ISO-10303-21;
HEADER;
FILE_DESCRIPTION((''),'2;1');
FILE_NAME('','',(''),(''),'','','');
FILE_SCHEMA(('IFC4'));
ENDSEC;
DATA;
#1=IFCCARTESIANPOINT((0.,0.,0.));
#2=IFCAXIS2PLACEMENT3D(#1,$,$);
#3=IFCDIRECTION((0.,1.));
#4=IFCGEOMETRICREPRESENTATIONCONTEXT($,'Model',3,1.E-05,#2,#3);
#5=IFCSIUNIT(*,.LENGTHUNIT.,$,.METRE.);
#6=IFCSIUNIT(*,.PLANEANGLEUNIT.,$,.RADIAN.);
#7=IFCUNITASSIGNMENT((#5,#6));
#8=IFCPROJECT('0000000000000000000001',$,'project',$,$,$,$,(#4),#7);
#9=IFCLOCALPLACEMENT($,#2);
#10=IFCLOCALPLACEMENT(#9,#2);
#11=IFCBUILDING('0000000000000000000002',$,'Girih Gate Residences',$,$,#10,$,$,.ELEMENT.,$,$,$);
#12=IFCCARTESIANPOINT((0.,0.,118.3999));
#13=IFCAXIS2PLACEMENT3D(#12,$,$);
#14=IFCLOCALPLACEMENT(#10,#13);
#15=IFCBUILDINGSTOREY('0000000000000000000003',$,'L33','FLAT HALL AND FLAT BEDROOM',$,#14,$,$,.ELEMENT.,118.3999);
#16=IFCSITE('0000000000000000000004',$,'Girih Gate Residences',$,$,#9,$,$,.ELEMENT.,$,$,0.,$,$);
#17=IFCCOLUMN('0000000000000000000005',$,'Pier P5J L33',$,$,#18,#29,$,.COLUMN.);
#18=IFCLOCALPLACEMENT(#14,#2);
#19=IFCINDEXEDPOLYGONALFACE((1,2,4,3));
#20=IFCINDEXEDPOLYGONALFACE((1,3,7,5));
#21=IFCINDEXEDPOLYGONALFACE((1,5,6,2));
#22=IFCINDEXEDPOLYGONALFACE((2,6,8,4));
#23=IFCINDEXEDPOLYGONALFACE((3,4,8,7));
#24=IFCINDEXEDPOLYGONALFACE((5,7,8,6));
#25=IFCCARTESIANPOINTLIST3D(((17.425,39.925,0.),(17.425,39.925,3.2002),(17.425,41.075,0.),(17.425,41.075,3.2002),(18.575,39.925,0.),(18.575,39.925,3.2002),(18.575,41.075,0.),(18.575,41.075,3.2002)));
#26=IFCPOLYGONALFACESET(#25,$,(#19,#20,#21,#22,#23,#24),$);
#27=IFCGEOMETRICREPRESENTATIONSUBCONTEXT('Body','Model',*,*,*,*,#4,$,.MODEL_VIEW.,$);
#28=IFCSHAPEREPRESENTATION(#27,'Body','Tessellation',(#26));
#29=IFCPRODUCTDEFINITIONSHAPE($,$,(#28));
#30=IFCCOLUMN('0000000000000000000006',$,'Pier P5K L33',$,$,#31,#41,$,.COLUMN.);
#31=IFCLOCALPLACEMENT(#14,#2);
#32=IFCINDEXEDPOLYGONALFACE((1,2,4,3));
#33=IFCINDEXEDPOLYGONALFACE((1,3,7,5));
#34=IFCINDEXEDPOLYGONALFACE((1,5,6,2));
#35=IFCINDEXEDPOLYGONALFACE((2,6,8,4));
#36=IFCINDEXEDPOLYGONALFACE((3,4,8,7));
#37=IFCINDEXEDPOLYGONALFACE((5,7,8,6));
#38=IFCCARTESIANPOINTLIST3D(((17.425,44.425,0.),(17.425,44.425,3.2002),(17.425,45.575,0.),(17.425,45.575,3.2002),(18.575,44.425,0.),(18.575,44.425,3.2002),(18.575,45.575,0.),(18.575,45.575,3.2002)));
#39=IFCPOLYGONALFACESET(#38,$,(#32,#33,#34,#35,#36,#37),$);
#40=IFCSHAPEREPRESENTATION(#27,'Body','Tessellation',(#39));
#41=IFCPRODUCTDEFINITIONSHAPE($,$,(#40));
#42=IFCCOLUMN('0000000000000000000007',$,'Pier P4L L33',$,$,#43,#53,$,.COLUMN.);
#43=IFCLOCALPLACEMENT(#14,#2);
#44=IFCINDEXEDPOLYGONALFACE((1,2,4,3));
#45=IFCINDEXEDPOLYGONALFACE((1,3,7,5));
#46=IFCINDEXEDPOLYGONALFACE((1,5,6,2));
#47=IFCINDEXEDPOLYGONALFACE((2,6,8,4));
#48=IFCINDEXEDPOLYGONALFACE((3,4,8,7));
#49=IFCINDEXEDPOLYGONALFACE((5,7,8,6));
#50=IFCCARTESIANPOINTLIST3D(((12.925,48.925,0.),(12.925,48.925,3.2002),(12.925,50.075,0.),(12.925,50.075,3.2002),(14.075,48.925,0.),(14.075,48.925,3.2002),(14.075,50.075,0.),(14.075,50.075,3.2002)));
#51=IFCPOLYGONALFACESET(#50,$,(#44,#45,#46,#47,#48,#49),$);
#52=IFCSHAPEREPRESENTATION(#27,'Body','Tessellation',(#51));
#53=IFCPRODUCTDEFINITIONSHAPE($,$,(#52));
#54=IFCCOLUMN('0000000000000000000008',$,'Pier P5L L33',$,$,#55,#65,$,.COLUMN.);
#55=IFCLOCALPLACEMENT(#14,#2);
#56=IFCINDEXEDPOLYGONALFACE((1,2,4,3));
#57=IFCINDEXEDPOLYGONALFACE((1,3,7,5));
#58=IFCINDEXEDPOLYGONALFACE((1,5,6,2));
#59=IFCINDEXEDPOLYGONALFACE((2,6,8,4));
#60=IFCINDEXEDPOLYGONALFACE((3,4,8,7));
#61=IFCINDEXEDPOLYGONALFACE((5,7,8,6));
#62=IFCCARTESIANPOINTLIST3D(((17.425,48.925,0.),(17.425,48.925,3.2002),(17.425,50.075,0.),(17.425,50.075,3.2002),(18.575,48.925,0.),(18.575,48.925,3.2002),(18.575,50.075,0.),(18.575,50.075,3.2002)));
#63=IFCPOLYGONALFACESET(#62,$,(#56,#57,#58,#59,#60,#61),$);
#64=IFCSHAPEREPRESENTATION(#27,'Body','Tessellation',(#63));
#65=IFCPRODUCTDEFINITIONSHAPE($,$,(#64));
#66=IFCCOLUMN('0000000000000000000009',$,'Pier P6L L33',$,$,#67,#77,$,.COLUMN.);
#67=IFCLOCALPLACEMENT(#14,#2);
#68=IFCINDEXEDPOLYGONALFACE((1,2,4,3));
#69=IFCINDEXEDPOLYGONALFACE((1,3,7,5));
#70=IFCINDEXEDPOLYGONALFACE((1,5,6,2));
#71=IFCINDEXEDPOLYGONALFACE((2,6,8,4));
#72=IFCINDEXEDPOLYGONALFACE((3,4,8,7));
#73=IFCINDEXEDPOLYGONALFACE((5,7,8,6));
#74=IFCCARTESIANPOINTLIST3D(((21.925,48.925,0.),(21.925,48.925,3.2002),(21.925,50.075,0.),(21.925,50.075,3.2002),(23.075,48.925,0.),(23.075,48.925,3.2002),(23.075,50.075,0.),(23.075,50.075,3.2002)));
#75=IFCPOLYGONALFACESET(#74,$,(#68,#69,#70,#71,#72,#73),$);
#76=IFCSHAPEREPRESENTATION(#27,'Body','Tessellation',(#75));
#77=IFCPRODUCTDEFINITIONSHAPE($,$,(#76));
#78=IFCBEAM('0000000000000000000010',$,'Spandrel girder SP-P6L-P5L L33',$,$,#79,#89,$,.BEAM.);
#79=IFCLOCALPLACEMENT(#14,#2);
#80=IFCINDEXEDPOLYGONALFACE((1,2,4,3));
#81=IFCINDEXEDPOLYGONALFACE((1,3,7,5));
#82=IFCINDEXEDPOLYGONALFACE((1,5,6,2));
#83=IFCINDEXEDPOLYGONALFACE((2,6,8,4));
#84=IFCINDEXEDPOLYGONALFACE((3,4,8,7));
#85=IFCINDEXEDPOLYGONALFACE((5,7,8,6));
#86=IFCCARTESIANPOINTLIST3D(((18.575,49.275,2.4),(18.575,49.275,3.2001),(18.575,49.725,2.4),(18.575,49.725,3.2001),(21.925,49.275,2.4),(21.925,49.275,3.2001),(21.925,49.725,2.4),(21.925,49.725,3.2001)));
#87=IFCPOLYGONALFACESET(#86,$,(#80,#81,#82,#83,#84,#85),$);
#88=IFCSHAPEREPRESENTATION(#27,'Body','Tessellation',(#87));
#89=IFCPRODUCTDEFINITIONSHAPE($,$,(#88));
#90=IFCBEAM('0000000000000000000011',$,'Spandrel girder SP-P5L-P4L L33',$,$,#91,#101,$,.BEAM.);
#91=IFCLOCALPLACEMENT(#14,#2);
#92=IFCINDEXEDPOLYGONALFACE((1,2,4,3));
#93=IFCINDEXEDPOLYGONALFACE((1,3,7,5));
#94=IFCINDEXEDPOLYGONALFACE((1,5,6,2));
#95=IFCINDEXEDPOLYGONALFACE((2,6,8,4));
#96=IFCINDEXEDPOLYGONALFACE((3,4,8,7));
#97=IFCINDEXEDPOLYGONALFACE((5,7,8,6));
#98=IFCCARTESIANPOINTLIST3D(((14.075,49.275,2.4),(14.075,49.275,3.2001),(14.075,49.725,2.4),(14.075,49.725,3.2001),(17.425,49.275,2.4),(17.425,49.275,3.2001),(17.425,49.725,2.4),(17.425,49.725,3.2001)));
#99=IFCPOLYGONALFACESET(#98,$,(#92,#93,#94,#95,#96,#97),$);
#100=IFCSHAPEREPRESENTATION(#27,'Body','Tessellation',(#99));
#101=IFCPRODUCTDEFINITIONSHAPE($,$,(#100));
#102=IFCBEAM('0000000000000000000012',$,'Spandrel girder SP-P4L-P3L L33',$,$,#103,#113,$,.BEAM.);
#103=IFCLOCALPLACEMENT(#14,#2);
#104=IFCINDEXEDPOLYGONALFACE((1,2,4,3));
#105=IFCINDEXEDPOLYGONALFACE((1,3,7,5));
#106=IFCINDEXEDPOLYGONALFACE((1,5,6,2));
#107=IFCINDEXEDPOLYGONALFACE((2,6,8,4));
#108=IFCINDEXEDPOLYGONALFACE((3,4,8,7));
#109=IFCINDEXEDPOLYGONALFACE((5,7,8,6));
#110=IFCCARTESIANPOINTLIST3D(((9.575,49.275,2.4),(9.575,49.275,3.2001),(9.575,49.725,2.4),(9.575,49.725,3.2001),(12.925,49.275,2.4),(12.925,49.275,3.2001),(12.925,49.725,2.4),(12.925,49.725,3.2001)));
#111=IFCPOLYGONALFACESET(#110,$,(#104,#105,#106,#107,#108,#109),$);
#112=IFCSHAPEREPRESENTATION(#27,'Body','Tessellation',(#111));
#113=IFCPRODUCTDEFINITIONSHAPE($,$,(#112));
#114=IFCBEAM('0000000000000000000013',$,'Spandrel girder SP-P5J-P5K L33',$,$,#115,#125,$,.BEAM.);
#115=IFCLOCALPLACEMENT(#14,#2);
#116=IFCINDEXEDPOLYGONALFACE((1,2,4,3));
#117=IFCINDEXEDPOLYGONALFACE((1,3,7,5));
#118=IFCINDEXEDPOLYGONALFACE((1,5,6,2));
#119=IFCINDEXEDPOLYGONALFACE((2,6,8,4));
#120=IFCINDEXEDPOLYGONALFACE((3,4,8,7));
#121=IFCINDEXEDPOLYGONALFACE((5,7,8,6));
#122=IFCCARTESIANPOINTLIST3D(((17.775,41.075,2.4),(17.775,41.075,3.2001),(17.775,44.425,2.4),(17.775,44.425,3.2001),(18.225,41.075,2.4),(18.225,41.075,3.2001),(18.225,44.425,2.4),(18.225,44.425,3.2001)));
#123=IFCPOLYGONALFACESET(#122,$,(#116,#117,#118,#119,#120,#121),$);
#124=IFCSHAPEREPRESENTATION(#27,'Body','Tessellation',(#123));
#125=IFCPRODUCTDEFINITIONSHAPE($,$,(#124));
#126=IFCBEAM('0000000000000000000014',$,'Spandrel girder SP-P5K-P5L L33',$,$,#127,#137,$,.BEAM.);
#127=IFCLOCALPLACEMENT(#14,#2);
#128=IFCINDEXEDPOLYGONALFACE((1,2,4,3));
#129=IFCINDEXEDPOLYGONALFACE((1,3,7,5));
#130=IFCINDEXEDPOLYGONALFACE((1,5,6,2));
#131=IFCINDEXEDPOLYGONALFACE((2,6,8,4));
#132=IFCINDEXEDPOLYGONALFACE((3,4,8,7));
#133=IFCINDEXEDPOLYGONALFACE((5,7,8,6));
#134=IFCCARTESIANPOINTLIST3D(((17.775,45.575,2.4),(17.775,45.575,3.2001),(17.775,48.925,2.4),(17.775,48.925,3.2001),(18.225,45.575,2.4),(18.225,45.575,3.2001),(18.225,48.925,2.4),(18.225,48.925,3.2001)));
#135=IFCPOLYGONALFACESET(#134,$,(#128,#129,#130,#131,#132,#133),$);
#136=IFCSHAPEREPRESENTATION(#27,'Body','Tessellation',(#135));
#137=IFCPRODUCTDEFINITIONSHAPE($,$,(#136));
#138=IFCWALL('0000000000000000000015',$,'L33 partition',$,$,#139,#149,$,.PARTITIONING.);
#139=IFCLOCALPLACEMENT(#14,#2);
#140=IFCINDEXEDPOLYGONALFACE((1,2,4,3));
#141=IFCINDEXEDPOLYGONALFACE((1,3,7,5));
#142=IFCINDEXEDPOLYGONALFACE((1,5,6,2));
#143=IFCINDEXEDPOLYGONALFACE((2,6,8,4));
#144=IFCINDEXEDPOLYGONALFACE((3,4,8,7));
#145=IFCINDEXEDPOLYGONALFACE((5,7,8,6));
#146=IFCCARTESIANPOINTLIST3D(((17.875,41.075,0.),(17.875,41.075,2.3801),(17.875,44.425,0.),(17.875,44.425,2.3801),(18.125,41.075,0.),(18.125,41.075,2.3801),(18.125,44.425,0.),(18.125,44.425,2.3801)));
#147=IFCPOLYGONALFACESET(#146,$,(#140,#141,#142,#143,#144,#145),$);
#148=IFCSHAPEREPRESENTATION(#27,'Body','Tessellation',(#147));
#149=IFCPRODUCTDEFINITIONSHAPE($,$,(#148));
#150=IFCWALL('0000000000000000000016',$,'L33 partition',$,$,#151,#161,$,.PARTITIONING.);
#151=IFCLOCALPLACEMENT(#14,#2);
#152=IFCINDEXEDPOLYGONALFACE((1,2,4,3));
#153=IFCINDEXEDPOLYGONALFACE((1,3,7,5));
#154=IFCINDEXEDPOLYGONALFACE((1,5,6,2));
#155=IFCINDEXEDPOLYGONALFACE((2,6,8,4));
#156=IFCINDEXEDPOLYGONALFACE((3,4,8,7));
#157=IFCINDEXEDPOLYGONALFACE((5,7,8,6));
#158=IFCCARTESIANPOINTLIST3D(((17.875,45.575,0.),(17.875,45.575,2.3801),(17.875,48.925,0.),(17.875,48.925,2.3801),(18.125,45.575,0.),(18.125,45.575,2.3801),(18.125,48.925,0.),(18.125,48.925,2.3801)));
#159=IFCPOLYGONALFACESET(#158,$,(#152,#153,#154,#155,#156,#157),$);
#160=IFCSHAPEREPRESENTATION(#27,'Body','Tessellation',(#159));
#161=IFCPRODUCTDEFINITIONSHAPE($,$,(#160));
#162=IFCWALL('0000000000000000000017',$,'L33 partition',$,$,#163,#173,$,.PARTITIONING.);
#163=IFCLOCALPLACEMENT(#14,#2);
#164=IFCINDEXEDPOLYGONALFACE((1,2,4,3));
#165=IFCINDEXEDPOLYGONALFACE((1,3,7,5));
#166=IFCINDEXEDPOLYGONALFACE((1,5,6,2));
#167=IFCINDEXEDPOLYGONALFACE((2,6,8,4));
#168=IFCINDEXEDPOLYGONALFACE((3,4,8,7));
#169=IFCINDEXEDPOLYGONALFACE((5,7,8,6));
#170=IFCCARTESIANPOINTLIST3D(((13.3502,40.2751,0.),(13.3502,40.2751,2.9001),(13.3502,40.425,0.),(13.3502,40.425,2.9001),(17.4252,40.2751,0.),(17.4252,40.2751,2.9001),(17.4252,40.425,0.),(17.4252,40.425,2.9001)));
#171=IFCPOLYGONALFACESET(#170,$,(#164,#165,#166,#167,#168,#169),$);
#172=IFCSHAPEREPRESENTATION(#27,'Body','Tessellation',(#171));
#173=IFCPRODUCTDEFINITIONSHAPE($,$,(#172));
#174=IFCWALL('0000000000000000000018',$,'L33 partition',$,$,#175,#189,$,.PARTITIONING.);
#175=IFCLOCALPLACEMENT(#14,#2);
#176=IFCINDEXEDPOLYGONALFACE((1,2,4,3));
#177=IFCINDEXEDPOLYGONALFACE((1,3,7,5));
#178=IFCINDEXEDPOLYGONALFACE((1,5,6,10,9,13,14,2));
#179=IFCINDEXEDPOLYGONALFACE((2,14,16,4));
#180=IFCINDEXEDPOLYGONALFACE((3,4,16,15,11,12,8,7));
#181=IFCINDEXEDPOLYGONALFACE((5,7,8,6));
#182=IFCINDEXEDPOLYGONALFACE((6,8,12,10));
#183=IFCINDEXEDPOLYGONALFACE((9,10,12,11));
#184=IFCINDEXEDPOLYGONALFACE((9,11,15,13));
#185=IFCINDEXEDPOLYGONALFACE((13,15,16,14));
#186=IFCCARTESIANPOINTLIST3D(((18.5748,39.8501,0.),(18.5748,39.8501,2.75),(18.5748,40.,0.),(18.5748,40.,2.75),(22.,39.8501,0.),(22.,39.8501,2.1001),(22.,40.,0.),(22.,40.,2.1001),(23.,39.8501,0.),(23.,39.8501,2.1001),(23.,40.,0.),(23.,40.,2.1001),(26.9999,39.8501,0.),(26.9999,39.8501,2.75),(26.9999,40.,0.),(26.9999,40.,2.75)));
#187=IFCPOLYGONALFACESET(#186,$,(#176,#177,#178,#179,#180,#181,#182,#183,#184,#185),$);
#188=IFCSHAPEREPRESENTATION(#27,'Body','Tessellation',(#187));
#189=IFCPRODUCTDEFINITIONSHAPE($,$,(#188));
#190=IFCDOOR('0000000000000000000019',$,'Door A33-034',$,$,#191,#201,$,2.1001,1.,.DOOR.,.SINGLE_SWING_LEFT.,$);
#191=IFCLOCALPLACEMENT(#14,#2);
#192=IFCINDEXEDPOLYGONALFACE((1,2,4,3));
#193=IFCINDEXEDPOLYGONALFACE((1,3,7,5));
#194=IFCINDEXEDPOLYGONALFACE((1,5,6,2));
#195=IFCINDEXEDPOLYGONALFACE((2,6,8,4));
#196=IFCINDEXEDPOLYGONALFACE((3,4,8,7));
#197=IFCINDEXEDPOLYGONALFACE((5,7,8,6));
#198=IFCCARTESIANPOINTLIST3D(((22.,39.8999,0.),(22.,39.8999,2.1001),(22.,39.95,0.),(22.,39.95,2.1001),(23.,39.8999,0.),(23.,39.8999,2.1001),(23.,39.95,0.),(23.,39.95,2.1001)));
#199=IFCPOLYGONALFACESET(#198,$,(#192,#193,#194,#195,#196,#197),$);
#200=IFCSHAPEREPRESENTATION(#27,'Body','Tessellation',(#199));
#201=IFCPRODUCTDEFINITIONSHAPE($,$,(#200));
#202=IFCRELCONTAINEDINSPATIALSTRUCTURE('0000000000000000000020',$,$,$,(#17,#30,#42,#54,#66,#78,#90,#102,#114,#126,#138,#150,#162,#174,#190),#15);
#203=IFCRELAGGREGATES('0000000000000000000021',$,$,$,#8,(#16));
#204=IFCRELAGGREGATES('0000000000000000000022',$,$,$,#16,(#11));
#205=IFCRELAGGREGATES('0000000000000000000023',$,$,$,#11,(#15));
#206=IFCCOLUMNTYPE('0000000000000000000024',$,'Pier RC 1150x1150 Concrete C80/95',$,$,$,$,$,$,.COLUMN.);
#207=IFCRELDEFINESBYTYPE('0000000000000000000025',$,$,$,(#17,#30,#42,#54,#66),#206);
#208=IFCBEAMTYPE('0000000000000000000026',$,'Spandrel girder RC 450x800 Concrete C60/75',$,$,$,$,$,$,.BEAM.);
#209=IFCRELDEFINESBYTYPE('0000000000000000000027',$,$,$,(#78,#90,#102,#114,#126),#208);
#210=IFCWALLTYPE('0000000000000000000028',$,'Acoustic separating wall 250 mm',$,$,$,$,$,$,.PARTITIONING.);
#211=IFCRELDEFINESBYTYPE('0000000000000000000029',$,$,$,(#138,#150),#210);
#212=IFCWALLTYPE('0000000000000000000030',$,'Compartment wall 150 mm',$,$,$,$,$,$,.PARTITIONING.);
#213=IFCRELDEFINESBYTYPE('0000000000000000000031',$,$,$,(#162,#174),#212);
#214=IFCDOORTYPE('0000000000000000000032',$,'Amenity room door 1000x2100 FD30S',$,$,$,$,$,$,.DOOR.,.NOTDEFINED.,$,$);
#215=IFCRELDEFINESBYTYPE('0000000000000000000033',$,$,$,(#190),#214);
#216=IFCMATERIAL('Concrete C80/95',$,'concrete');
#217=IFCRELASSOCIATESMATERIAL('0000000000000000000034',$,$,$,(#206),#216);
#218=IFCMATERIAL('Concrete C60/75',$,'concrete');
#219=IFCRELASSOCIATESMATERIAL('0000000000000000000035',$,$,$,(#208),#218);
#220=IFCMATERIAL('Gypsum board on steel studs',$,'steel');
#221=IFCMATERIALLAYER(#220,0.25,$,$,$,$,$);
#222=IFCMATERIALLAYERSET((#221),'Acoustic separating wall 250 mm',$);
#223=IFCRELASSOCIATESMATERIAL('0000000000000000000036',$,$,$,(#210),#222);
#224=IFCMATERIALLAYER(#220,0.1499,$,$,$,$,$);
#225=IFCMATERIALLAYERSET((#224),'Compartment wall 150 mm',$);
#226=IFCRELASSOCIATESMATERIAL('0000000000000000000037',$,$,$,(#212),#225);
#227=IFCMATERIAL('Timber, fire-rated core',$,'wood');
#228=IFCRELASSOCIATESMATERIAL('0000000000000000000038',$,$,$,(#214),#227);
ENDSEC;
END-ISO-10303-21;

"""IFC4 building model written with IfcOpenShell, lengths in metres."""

from ifc_helpers import new_model, si_unit, direction, frame, frame_2d, origin, origin_2d, place, context, subcontext, project, spatial, rectangle, extrude, material, layer, layer_set, material_profile, profile_set, type_object, element, fill, save


model = new_model("IFC4")

# Units and contexts
model_context = context("Model", 3, precision=1e-05, world=origin(), true_north=direction((0.0, 1.0)))
body_context = subcontext(model_context, "Body", "Model", "MODEL_VIEW")
ifc_project = project(units=[si_unit("LENGTHUNIT", "METRE"), si_unit("PLANEANGLEUNIT", "RADIAN")], contexts=[model_context])

# Site, building, storey
site_placement = place(None, origin())
site = spatial("IfcSite", under=ifc_project, at=site_placement, Name="Girih Gate Residences", CompositionType="ELEMENT", RefElevation=0.0)
building_placement = place(site_placement, origin())
building = spatial("IfcBuilding", under=site, at=building_placement, Name="Girih Gate Residences", CompositionType="ELEMENT")
storey_placement = place(building_placement, frame((0.0, 0.0, 118.3999)))
storey = spatial("IfcBuildingStorey", under=building, at=storey_placement, Name="L33", Description="FLAT HALL AND FLAT BEDROOM", CompositionType="ELEMENT", Elevation=118.3999)

# Columns
ifc_material_1 = material(Name="Concrete C80/95", Category="concrete")
ifc_material_profile_1 = material_profile(ifc_material_1, rectangle(XDim=1.1499, YDim=1.1499, at=origin_2d()))
ifc_profile_set_1 = profile_set([ifc_material_profile_1], Name="Concrete C80/95")
column_type = type_object("IfcColumnType", Name="Pier RC 1150x1150 Concrete C80/95", PredefinedType="COLUMN", material=ifc_profile_set_1)
for number, where, z_axis, x_axis, name in (
    (1, (18.0, 40.5, 0.0), (0.0, 0.0, 1.0), (1.0, 0.0, 0.0), "Pier P5J L33"),
    (2, (18.0, 45.0, 0.0), (0.0, 0.0, 1.0), (1.0, 0.0, 0.0), "Pier P5K L33"),
    (3, (13.5, 49.5, 0.0), (0.0, 0.0, 1.0), (1.0, 0.0, 0.0), "Pier P4L L33"),
    (4, (18.0, 49.5, 0.0), (0.0, 0.0, 1.0), (1.0, 0.0, 0.0), "Pier P5L L33"),
    (5, (22.5, 49.5, 0.0), (0.0, 0.0, 1.0), (1.0, 0.0, 0.0), "Pier P6L L33"),
):
    element("IfcColumn", number, at=place(storey_placement, frame(where, z_axis=z_axis, x_axis=x_axis)), inside=storey, type_object=column_type, Name=name, PredefinedType="COLUMN", context=body_context, shape_type="SweptSolid", body=[
        extrude(rectangle(XDim=1.1499, YDim=1.1499, at=origin_2d()), origin(), (0.0, 0.0, 1.0), 3.2002),
    ])

# Beams
ifc_material_2 = material(Name="Concrete C60/75", Category="concrete")
ifc_material_profile_2 = material_profile(ifc_material_2, rectangle(XDim=0.45, YDim=0.8, at=origin_2d()))
ifc_profile_set_2 = profile_set([ifc_material_profile_2], Name="Concrete C60/75")
beam_type = type_object("IfcBeamType", Name="Spandrel girder RC 450x800 Concrete C60/75", PredefinedType="BEAM", material=ifc_profile_set_2)
for number, where, z_axis, x_axis, name in (
    (6, (21.925, 49.5, 2.8), (-1.0, 0.0, 0.0), (0.0, -1.0, 0.0), "Spandrel girder SP-P6L-P5L L33"),
    (7, (17.425, 49.5, 2.8), (-1.0, 0.0, 0.0), (0.0, -1.0, 0.0), "Spandrel girder SP-P5L-P4L L33"),
    (8, (12.925, 49.5, 2.8), (-1.0, 0.0, 0.0), (0.0, -1.0, 0.0), "Spandrel girder SP-P4L-P3L L33"),
    (9, (18.0, 41.075, 2.8), (0.0, 1.0, 0.0), (-1.0, 0.0, 0.0), "Spandrel girder SP-P5J-P5K L33"),
    (10, (18.0, 45.575, 2.8), (0.0, 1.0, 0.0), (-1.0, 0.0, 0.0), "Spandrel girder SP-P5K-P5L L33"),
):
    element("IfcBeam", number, at=place(storey_placement, frame(where, z_axis=z_axis, x_axis=x_axis)), inside=storey, type_object=beam_type, Name=name, PredefinedType="BEAM", context=body_context, shape_type="SweptSolid", body=[
        extrude(rectangle(XDim=0.45, YDim=0.8, at=origin_2d()), origin(), (0.0, 0.0, 1.0), 3.3501),
    ])

# Walls
ifc_material_3 = material(Name="Gypsum board on steel studs", Category="steel")
ifc_layer_1 = layer(ifc_material_3, 0.25)
ifc_layer_set_1 = layer_set([ifc_layer_1], Name="Acoustic separating wall 250 mm")
wall_type_1 = type_object("IfcWallType", Name="Acoustic separating wall 250 mm", PredefinedType="PARTITIONING", material=ifc_layer_set_1)
for number, where, z_axis, x_axis, name in (
    (11, (18.0, 41.075, 0.0), (0.0, 0.0, 1.0), (0.0, 1.0, 0.0), "L33 partition"),
    (12, (18.0, 45.575, 0.0), (0.0, 0.0, 1.0), (0.0, 1.0, 0.0), "L33 partition"),
):
    element("IfcWall", number, at=place(storey_placement, frame(where, z_axis=z_axis, x_axis=x_axis)), inside=storey, type_object=wall_type_1, Name=name, PredefinedType="PARTITIONING", context=body_context, shape_type="SweptSolid", body=[
        extrude(rectangle(XDim=3.3501, YDim=0.25, at=frame_2d((1.675, 0.0))), origin(), (0.0, 0.0, 1.0), 2.3801),
    ])
ifc_layer_2 = layer(ifc_material_3, 0.1499)
ifc_layer_set_2 = layer_set([ifc_layer_2], Name="Compartment wall 150 mm")
wall_type_2 = type_object("IfcWallType", Name="Compartment wall 150 mm", PredefinedType="PARTITIONING", material=ifc_layer_set_2)
wall_1_placement = place(storey_placement, frame((13.3501, 40.3501, 0.0), z_axis=(0.0, 0.0, 1.0), x_axis=(1.0, 0.0, 0.0)))
element("IfcWall", 13, at=wall_1_placement, inside=storey, type_object=wall_type_2, Name="L33 partition", PredefinedType="PARTITIONING", context=body_context, shape_type="SweptSolid", body=[
    extrude(rectangle(XDim=4.075, YDim=0.1499, at=frame_2d((2.0376, 0.0))), origin(), (0.0, 0.0, 1.0), 2.9001),
])

# Wall, opening, door
wall_2_placement = place(storey_placement, frame((18.575, 39.925, 0.0), z_axis=(0.0, 0.0, 1.0), x_axis=(1.0, 0.0, 0.0)))
wall_2 = element("IfcWall", 14, at=wall_2_placement, inside=storey, type_object=wall_type_2, Name="L33 partition", PredefinedType="PARTITIONING", context=body_context, shape_type="SweptSolid", body=[
    extrude(rectangle(XDim=8.425, YDim=0.1499, at=frame_2d((4.2124, 0.0))), origin(), (0.0, 0.0, 1.0), 2.75),
])
opening_1_placement = place(wall_2_placement, frame((3.425, 0.0, 0.0)))
opening_1 = element("IfcOpeningElement", 15, at=opening_1_placement, cuts=wall_2, PredefinedType="OPENING", context=body_context, shape_type="SweptSolid", body=[
    extrude(rectangle(XDim=1.0, YDim=2.1001, at=frame_2d((0.5, 1.05))), frame((0.0, 0.085, 0.0), z_axis=(0.0, -1.0, 0.0), x_axis=(1.0, 0.0, 0.0)), (0.0, 0.0, 1.0), 0.1699),
])
ifc_material_4 = material(Name="Timber, fire-rated core", Category="wood")
door_type_1 = type_object("IfcDoorType", Name="Amenity room door 1000x2100 FD30S", OperationType="NOTDEFINED", PredefinedType="DOOR", material=ifc_material_4)
door_1_placement = place(opening_1_placement, origin())
door_1 = element("IfcDoor", 16, at=door_1_placement, inside=storey, type_object=door_type_1, Name="Door A33-034", OperationType="SINGLE_SWING_LEFT", OverallHeight=2.1001, OverallWidth=1.0, PredefinedType="DOOR", context=body_context, shape_type="SweptSolid", body=[
    extrude(rectangle(XDim=1.0, YDim=2.1001, at=frame_2d((0.5, 1.05))), frame((0.0, 0.0249, 0.0), z_axis=(0.0, -1.0, 0.0), x_axis=(1.0, 0.0, 0.0)), (0.0, 0.0, 1.0), 0.05),
])
fill(opening_1, door_1)

save(model, "model.ifc")
